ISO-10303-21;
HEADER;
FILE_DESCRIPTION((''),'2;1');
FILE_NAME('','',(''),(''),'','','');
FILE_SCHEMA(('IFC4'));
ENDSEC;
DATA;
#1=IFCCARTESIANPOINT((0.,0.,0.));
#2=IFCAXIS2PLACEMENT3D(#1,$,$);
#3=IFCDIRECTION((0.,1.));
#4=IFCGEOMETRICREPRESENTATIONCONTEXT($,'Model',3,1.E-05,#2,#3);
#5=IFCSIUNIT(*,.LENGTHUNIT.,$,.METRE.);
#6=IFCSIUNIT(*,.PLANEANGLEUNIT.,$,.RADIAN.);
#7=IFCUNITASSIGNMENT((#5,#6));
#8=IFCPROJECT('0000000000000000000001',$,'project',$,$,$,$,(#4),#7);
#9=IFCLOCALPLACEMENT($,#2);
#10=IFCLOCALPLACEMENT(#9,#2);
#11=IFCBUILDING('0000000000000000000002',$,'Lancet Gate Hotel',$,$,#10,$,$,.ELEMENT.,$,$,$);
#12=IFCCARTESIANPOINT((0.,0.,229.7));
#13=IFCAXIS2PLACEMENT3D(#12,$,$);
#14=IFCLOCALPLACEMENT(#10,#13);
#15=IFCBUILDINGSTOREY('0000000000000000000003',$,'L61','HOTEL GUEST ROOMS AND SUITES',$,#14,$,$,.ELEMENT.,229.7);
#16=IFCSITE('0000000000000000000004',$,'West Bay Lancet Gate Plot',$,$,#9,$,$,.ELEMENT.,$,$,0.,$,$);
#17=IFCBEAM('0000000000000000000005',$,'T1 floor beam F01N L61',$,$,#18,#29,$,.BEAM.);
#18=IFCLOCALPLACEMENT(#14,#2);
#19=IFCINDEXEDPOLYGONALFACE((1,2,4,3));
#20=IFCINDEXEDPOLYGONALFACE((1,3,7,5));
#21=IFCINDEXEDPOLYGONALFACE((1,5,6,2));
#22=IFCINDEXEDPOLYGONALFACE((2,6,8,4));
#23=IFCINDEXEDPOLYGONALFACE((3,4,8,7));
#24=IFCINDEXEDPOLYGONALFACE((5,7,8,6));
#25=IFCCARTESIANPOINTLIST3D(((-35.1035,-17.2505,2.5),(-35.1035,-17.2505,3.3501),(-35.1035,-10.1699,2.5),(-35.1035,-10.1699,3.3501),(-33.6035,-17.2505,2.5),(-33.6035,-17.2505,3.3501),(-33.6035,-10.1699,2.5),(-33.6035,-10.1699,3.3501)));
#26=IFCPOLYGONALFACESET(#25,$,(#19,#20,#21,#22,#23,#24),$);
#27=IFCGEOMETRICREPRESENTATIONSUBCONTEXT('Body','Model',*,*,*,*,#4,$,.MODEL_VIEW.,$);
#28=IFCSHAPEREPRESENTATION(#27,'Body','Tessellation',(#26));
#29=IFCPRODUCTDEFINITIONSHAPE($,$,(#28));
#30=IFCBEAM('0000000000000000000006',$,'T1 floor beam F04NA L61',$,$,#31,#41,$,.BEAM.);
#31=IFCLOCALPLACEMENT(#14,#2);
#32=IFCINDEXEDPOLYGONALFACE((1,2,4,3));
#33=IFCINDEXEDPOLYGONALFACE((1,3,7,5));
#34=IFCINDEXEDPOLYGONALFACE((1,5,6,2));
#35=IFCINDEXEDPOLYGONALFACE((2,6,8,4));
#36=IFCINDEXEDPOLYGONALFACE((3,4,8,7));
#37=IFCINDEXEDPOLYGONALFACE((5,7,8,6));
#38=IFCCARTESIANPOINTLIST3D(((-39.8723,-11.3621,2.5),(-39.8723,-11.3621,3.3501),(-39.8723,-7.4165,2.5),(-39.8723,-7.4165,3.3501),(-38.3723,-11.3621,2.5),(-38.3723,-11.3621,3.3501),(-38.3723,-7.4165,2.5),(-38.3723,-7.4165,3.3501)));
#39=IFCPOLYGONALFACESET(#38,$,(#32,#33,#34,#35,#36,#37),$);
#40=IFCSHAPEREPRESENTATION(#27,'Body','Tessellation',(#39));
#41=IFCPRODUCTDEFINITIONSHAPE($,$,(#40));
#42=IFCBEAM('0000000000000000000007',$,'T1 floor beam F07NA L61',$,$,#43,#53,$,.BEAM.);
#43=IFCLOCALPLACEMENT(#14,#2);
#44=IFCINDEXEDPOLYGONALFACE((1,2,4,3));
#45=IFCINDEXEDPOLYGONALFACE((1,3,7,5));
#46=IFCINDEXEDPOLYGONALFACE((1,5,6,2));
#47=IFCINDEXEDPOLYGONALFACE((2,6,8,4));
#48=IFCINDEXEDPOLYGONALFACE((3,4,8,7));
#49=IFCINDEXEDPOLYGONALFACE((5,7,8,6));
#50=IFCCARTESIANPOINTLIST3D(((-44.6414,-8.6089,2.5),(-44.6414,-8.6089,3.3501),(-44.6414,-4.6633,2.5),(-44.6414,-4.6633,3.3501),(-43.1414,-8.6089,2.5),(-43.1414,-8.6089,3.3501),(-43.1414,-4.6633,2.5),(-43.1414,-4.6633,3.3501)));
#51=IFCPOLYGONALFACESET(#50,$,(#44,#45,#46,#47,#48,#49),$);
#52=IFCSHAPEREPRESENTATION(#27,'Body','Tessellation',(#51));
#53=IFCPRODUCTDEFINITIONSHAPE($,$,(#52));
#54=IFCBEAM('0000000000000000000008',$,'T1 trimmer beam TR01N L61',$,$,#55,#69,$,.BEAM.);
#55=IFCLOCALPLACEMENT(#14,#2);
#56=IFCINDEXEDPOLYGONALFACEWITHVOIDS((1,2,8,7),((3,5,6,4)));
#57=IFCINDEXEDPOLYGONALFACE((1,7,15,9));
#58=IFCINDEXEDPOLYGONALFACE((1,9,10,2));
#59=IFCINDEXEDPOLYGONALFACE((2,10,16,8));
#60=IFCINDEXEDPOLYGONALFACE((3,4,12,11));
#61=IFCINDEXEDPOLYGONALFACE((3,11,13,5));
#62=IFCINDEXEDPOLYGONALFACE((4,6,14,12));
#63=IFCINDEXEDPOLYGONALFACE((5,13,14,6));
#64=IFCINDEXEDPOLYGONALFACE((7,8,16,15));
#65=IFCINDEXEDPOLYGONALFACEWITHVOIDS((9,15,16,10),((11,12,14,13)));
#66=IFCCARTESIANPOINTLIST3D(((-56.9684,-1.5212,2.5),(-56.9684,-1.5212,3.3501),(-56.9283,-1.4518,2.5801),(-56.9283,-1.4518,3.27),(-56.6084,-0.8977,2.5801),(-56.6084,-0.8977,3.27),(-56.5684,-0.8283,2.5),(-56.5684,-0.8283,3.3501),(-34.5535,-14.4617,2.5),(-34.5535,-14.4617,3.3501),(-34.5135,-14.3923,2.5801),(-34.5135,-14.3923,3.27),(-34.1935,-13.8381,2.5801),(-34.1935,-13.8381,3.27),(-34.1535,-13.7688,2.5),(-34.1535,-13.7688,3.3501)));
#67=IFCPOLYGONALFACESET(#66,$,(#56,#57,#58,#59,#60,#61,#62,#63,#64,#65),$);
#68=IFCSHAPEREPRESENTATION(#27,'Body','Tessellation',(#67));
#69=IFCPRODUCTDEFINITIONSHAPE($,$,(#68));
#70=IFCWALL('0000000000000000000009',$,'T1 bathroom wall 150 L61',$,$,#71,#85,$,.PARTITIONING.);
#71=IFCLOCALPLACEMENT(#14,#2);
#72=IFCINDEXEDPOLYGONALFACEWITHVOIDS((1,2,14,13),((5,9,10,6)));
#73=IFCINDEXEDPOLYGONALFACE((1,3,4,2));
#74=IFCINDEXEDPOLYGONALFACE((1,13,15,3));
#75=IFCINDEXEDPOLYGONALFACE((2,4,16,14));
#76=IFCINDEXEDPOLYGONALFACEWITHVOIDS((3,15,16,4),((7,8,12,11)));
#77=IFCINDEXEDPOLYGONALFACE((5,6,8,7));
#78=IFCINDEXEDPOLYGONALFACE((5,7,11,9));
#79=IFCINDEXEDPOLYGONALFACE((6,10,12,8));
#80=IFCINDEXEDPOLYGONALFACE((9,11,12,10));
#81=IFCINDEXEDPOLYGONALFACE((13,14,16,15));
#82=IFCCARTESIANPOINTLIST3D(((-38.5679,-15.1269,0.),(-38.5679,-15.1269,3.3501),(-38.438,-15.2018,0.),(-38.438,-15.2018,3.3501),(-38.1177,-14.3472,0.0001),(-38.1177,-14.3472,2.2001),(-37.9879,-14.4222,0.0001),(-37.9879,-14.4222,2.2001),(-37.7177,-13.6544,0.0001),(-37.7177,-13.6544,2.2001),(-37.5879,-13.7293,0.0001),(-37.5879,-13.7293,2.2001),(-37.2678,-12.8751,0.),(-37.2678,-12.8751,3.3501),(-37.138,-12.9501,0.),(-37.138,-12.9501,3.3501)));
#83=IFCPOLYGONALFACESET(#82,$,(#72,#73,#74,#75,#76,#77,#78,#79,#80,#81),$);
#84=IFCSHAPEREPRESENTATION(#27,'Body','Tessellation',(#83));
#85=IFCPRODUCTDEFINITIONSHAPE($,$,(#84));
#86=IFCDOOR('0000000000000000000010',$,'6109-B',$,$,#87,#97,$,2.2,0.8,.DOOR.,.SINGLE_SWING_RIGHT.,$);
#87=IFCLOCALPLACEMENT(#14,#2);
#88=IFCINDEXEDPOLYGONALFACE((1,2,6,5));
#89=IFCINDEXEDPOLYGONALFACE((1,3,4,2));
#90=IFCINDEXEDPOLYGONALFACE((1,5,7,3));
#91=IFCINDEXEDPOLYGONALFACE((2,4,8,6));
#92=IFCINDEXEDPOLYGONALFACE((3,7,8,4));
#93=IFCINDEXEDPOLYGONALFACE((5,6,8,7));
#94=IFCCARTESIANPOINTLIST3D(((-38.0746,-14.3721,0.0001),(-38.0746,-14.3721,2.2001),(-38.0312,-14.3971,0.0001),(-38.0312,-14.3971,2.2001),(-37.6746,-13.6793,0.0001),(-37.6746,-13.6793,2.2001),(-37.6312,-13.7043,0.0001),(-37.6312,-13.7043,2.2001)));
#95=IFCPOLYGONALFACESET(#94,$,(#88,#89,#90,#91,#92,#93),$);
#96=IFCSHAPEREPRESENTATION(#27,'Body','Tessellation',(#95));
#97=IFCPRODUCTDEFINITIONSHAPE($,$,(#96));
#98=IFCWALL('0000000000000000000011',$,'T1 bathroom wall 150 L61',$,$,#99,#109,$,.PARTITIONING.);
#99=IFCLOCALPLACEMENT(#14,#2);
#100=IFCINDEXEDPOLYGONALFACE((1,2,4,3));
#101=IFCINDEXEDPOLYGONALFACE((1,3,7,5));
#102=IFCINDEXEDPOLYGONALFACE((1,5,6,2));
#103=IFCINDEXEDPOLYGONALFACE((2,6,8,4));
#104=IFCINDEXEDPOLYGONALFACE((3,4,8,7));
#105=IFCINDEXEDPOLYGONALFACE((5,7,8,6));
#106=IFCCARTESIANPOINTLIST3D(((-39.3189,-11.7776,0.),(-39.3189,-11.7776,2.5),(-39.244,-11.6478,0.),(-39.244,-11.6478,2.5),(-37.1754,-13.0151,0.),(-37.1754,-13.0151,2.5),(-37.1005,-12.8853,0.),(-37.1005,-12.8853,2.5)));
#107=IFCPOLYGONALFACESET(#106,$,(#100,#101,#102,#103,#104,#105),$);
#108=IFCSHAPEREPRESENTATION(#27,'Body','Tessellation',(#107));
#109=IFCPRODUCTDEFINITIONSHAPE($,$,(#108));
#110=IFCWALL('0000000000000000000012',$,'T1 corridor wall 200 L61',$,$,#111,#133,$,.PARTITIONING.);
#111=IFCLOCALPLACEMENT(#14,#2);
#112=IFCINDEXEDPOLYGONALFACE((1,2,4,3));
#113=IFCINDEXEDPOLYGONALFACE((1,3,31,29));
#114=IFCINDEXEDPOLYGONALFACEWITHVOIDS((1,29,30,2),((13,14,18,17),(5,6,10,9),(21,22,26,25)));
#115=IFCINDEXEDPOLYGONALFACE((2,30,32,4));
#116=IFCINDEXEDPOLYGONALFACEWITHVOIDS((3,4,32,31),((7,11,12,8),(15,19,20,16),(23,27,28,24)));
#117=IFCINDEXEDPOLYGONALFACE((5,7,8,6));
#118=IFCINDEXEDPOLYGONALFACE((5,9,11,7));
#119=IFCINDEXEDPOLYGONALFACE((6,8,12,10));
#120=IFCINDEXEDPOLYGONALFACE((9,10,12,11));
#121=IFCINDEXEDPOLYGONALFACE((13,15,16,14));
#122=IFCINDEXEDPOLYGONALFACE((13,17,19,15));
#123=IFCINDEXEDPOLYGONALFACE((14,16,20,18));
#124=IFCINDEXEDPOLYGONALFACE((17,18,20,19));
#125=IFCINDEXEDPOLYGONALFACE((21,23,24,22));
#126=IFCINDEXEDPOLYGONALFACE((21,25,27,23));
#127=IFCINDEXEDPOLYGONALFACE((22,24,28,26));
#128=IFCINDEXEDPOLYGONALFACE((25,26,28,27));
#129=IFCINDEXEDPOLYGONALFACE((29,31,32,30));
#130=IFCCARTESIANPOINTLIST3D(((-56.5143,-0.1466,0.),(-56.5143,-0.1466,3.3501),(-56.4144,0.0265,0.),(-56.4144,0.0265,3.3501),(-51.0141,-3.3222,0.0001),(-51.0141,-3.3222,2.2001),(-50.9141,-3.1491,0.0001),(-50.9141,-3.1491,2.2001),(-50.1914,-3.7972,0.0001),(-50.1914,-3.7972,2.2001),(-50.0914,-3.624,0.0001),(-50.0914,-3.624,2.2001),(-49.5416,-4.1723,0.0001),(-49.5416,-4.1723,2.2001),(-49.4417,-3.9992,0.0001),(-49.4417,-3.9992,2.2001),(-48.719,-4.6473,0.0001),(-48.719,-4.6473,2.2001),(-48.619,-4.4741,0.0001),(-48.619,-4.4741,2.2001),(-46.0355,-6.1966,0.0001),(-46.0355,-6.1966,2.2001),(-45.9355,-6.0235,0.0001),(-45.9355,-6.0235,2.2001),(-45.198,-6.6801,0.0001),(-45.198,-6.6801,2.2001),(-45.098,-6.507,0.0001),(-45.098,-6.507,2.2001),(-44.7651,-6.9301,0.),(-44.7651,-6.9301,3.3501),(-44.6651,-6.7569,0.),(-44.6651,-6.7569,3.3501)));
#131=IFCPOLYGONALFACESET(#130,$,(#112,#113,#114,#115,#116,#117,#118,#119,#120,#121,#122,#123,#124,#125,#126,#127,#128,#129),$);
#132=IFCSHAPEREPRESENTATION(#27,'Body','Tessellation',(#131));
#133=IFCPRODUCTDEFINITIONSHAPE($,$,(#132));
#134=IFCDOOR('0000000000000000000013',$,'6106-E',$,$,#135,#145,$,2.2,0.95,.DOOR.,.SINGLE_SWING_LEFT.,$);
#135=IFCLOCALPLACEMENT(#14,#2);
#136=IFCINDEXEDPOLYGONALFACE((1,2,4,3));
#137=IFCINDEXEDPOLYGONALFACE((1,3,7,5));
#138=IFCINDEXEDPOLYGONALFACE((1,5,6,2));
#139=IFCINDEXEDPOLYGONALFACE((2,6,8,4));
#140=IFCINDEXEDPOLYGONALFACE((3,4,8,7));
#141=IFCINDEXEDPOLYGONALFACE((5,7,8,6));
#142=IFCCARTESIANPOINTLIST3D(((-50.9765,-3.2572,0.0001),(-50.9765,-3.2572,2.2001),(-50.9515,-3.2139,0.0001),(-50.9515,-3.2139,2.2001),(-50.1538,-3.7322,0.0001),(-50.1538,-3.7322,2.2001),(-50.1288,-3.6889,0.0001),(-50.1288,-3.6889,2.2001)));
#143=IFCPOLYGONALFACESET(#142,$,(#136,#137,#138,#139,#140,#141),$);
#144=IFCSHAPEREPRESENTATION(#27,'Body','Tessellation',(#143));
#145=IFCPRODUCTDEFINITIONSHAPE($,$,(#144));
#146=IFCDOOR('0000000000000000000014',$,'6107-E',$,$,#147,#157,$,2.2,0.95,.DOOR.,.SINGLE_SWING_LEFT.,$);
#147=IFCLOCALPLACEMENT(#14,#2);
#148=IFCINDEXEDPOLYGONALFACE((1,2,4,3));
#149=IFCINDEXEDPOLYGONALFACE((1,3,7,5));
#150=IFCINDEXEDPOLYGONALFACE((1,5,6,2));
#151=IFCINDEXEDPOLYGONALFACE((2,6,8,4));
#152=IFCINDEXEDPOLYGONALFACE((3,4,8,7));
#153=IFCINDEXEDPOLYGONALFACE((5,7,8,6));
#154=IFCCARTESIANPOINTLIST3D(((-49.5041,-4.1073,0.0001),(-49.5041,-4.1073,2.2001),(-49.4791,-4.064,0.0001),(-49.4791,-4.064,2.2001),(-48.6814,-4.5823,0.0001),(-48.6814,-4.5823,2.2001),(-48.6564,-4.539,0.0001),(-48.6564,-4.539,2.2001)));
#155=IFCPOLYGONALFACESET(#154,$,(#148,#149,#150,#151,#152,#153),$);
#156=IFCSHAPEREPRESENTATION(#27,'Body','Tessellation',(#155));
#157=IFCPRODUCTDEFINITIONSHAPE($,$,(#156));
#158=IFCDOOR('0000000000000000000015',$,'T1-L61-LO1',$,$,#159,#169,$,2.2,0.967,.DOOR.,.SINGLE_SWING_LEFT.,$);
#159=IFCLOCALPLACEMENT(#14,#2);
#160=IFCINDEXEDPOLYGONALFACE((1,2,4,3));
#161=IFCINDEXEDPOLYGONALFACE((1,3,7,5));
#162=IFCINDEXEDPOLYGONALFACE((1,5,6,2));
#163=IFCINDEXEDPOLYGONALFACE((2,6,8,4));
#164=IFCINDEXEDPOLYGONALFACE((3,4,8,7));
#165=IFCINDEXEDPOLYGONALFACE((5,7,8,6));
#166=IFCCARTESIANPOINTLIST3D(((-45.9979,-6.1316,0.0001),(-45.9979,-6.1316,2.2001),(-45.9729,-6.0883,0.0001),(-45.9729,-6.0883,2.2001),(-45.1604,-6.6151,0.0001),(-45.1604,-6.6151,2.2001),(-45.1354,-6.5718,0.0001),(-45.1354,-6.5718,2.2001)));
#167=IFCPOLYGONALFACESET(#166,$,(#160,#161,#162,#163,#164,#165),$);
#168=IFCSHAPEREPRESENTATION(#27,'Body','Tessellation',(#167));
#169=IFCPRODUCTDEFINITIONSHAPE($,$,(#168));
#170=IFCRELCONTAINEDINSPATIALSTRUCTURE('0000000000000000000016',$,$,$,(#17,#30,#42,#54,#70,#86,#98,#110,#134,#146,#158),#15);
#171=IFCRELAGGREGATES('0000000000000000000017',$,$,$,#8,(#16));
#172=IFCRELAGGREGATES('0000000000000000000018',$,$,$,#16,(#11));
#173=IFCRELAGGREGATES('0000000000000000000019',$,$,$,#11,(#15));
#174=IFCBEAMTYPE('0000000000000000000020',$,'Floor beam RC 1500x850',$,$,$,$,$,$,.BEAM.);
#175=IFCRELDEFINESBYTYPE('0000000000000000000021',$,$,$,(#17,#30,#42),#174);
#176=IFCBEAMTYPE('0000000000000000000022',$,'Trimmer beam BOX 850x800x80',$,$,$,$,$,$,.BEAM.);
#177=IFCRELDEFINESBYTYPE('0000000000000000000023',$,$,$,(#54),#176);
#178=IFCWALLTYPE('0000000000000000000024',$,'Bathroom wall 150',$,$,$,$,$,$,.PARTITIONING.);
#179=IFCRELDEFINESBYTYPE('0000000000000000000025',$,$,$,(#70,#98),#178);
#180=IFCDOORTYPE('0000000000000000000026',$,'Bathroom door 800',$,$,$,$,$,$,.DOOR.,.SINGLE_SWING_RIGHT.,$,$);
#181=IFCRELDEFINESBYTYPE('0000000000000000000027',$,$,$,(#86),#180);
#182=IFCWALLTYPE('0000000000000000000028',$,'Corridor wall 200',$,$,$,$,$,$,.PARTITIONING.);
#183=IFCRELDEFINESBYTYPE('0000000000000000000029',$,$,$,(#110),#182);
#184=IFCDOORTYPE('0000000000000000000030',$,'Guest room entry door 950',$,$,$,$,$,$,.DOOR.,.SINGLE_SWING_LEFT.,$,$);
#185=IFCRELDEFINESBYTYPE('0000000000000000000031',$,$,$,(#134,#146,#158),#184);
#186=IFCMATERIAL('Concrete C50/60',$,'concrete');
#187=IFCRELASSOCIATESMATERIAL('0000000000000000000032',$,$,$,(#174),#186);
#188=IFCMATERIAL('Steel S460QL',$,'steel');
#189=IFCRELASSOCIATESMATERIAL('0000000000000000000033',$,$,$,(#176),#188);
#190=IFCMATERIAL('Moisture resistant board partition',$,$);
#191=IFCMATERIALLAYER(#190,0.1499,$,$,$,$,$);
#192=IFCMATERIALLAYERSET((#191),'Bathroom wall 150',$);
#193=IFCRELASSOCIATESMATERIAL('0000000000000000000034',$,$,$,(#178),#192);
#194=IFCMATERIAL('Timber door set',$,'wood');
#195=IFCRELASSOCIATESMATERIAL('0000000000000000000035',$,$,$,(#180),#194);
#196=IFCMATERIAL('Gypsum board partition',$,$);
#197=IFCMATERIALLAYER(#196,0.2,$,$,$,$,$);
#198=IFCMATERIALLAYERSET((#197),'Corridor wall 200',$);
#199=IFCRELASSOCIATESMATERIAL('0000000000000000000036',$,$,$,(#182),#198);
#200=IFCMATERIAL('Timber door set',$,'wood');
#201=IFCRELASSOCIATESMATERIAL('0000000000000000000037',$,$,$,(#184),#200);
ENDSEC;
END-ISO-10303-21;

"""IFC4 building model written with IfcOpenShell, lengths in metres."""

from ifc_helpers import new_model, si_unit, direction, frame, frame_2d, origin, origin_2d, place, context, subcontext, project, spatial, rectangle, hollow_rectangle, extrude, material, layer, layer_set, material_profile, profile_set, type_object, element, fill, save


model = new_model("IFC4")

# Units and contexts
model_context = context("Model", 3, precision=1e-05, world=origin(), true_north=direction((0.0, 1.0)))
body_context = subcontext(model_context, "Body", "Model", "MODEL_VIEW")
ifc_project = project(units=[si_unit("LENGTHUNIT", "METRE"), si_unit("PLANEANGLEUNIT", "RADIAN")], contexts=[model_context])

# Site, building, storey
site_placement = place(None, origin())
site = spatial("IfcSite", under=ifc_project, at=site_placement, Name="West Bay Lancet Gate Plot", CompositionType="ELEMENT", RefElevation=0.0)
building_placement = place(site_placement, origin())
building = spatial("IfcBuilding", under=site, at=building_placement, Name="Lancet Gate Hotel", CompositionType="ELEMENT")
storey_placement = place(building_placement, frame((0.0, 0.0, 229.7)))
storey = spatial("IfcBuildingStorey", under=building, at=storey_placement, Name="L61", Description="HOTEL GUEST ROOMS AND SUITES", CompositionType="ELEMENT", Elevation=229.7)

# Beams
ifc_material_1 = material(Name="Concrete C50/60", Category="concrete")
ifc_material_profile_1 = material_profile(ifc_material_1, rectangle(XDim=1.5, YDim=0.8501, at=origin_2d()), Name="RC 1500x850")
ifc_profile_set_1 = profile_set([ifc_material_profile_1], Name="Concrete C50/60")
beam_type_1 = type_object("IfcBeamType", Name="Floor beam RC 1500x850", PredefinedType="BEAM", material=ifc_profile_set_1)
beam_1_placement = place(storey_placement, frame((-34.3535, -10.1699, 2.925), z_axis=(0.0, -1.0, 0.0), x_axis=(1.0, 0.0, 0.0)))
element("IfcBeam", 1, at=beam_1_placement, inside=storey, type_object=beam_type_1, Name="T1 floor beam F01N L61", PredefinedType="BEAM", context=body_context, shape_type="SweptSolid", body=[
    extrude(rectangle(XDim=1.5, YDim=0.8501, at=origin_2d()), origin(), (0.0, 0.0, 1.0), 7.0806),
])
for number, where, z_axis, x_axis, name in (
    (2, (-39.1223, -7.4165, 2.925), (0.0, -1.0, 0.0), (1.0, 0.0, 0.0), "T1 floor beam F04NA L61"),
    (3, (-43.8914, -4.6633, 2.925), (0.0, -1.0, 0.0), (1.0, 0.0, 0.0), "T1 floor beam F07NA L61"),
):
    element("IfcBeam", number, at=place(storey_placement, frame(where, z_axis=z_axis, x_axis=x_axis)), inside=storey, type_object=beam_type_1, Name=name, PredefinedType="BEAM", context=body_context, shape_type="SweptSolid", body=[
        extrude(rectangle(XDim=1.5, YDim=0.8501, at=origin_2d()), origin(), (0.0, 0.0, 1.0), 3.9456),
    ])
ifc_material_2 = material(Name="Steel S460QL", Category="steel")
ifc_material_profile_2 = material_profile(ifc_material_2, hollow_rectangle(XDim=0.8, YDim=0.8501, WallThickness=0.0801, at=origin_2d()), Name="BOX 850x800x80")
ifc_profile_set_2 = profile_set([ifc_material_profile_2], Name="Steel S460QL")
beam_type_2 = type_object("IfcBeamType", Name="Trimmer beam BOX 850x800x80", PredefinedType="BEAM", material=ifc_profile_set_2)
beam_2_placement = place(storey_placement, frame((-34.3535, -14.1152, 2.925), z_axis=(-0.866038, 0.499978, 0.0), x_axis=(-0.499978, -0.866038, 0.0)))
element("IfcBeam", 4, at=beam_2_placement, inside=storey, type_object=beam_type_2, Name="T1 trimmer beam TR01N L61", PredefinedType="BEAM", context=body_context, shape_type="SweptSolid", body=[
    extrude(hollow_rectangle(XDim=0.8, YDim=0.8501, WallThickness=0.0801, at=origin_2d()), origin(), (0.0, 0.0, 1.0), 25.8821),
])

# Wall, opening, door
ifc_material_3 = material(Name="Moisture resistant board partition")
ifc_layer_1 = layer(ifc_material_3, 0.1499)
ifc_layer_set_1 = layer_set([ifc_layer_1], Name="Bathroom wall 150")
wall_type_1 = type_object("IfcWallType", Name="Bathroom wall 150", PredefinedType="PARTITIONING", material=ifc_layer_set_1)
wall_1_placement = place(storey_placement, frame((-37.2029, -12.9126, 0.0), z_axis=(0.0, 0.0, 1.0), x_axis=(-0.500007, -0.866021, 0.0)))
wall_1 = element("IfcWall", 5, at=wall_1_placement, inside=storey, type_object=wall_type_1, Name="T1 bathroom wall 150 L61", PredefinedType="PARTITIONING", context=body_context, shape_type="SweptSolid", body=[
    extrude(rectangle(XDim=2.6001, YDim=0.1499, at=frame_2d((1.3, 0.0))), origin(), (0.0, 0.0, 1.0), 3.3501),
])
opening_1_placement = place(wall_1_placement, frame((0.8999, 0.0, 0.0)))
opening_1 = element("IfcOpeningElement", 6, at=opening_1_placement, cuts=wall_1, PredefinedType="OPENING", context=body_context, shape_type="SweptSolid", body=[
    extrude(rectangle(XDim=0.8, YDim=2.2, at=frame_2d((0.3999, 1.1001))), frame((0.0, 0.085, 0.0), z_axis=(0.0, -1.0, 0.0), x_axis=(1.0, 0.0, 0.0)), (0.0, 0.0, 1.0), 0.1699),
])
ifc_material_4 = material(Name="Timber door set", Category="wood")
door_type_1 = type_object("IfcDoorType", Name="Bathroom door 800", OperationType="SINGLE_SWING_RIGHT", PredefinedType="DOOR", material=ifc_material_4)
door_1_placement = place(opening_1_placement, origin())
door_1 = element("IfcDoor", 7, at=door_1_placement, inside=storey, type_object=door_type_1, Name="6109-B", OperationType="SINGLE_SWING_RIGHT", OverallHeight=2.2, OverallWidth=0.8, PredefinedType="DOOR", context=body_context, shape_type="SweptSolid", body=[
    extrude(rectangle(XDim=0.8, YDim=2.2, at=frame_2d((0.3999, 1.1001))), frame((0.0, 0.0249, 0.0), z_axis=(0.0, -1.0, 0.0), x_axis=(1.0, 0.0, 0.0)), (0.0, 0.0, 1.0), 0.05),
])
fill(opening_1, door_1)

# Wall
wall_2_placement = place(storey_placement, frame((-37.1379, -12.9502, 0.0), z_axis=(0.0, 0.0, 1.0), x_axis=(-0.866031, 0.49999, 0.0)))
element("IfcWall", 8, at=wall_2_placement, inside=storey, type_object=wall_type_1, Name="T1 bathroom wall 150 L61", PredefinedType="PARTITIONING", context=body_context, shape_type="SweptSolid", body=[
    extrude(rectangle(XDim=2.4751, YDim=0.1499, at=frame_2d((1.2375, 0.0))), origin(), (0.0, 0.0, 1.0), 2.5),
])

# Wall, openings, doors
ifc_material_5 = material(Name="Gypsum board partition")
ifc_layer_2 = layer(ifc_material_5, 0.2)
ifc_layer_set_2 = layer_set([ifc_layer_2], Name="Corridor wall 200")
wall_type_2 = type_object("IfcWallType", Name="Corridor wall 200", PredefinedType="PARTITIONING", material=ifc_layer_set_2)
wall_3_placement = place(storey_placement, frame((-44.7151, -6.8435, 0.0), z_axis=(0.0, 0.0, 1.0), x_axis=(-0.866025, 0.5, 0.0)))
wall_3 = element("IfcWall", 9, at=wall_3_placement, inside=storey, type_object=wall_type_2, Name="T1 corridor wall 200 L61", PredefinedType="PARTITIONING", context=body_context, shape_type="SweptSolid", body=[
    extrude(rectangle(XDim=13.5669, YDim=0.2, at=frame_2d((6.7834, 0.0))), origin(), (0.0, 0.0, 1.0), 3.3501),
])
opening_2_placement = place(wall_3_placement, frame((6.2656, 0.0, 0.0)))
opening_2 = element("IfcOpeningElement", 10, at=opening_2_placement, cuts=wall_3, PredefinedType="OPENING", context=body_context, shape_type="SweptSolid", body=[
    extrude(rectangle(XDim=0.95, YDim=2.2, at=frame_2d((0.4751, 1.1001))), frame((0.0, 0.1099, 0.0), z_axis=(0.0, -1.0, 0.0), x_axis=(1.0, 0.0, 0.0)), (0.0, 0.0, 1.0), 0.22),
])
opening_3_placement = place(wall_3_placement, frame((4.5654, 0.0, 0.0)))
opening_3 = element("IfcOpeningElement", 11, at=opening_3_placement, cuts=wall_3, PredefinedType="OPENING", context=body_context, shape_type="SweptSolid", body=[
    extrude(rectangle(XDim=0.95, YDim=2.2, at=frame_2d((0.4751, 1.1001))), frame((0.0, 0.1099, 0.0), z_axis=(0.0, -1.0, 0.0), x_axis=(1.0, 0.0, 0.0)), (0.0, 0.0, 1.0), 0.22),
])
opening_4_placement = place(wall_3_placement, frame((0.5, 0.0, 0.0)))
opening_4 = element("IfcOpeningElement", 12, at=opening_4_placement, cuts=wall_3, PredefinedType="OPENING", context=body_context, shape_type="SweptSolid", body=[
    extrude(rectangle(XDim=0.967, YDim=2.2, at=frame_2d((0.4834, 1.1001))), frame((0.0, 0.1099, 0.0), z_axis=(0.0, -1.0, 0.0), x_axis=(1.0, 0.0, 0.0)), (0.0, 0.0, 1.0), 0.22),
])
ifc_material_6 = material(Name="Timber door set", Category="wood")
door_type_2 = type_object("IfcDoorType", Name="Guest room entry door 950", OperationType="SINGLE_SWING_LEFT", PredefinedType="DOOR", material=ifc_material_6)
door_2_placement = place(opening_2_placement, origin())
door_2 = element("IfcDoor", 13, at=door_2_placement, inside=storey, type_object=door_type_2, Name="6106-E", OperationType="SINGLE_SWING_LEFT", OverallHeight=2.2, OverallWidth=0.95, PredefinedType="DOOR", context=body_context, shape_type="SweptSolid", body=[
    extrude(rectangle(XDim=0.95, YDim=2.2, at=frame_2d((0.4751, 1.1001))), frame((0.0, 0.0249, 0.0), z_axis=(0.0, -1.0, 0.0), x_axis=(1.0, 0.0, 0.0)), (0.0, 0.0, 1.0), 0.05),
])
fill(opening_2, door_2)
door_3_placement = place(opening_3_placement, origin())
door_3 = element("IfcDoor", 14, at=door_3_placement, inside=storey, type_object=door_type_2, Name="6107-E", OperationType="SINGLE_SWING_LEFT", OverallHeight=2.2, OverallWidth=0.95, PredefinedType="DOOR", context=body_context, shape_type="SweptSolid", body=[
    extrude(rectangle(XDim=0.95, YDim=2.2, at=frame_2d((0.4751, 1.1001))), frame((0.0, 0.0249, 0.0), z_axis=(0.0, -1.0, 0.0), x_axis=(1.0, 0.0, 0.0)), (0.0, 0.0, 1.0), 0.05),
])
fill(opening_3, door_3)
door_4_placement = place(opening_4_placement, origin())
door_4 = element("IfcDoor", 15, at=door_4_placement, inside=storey, type_object=door_type_2, Name="T1-L61-LO1", OperationType="SINGLE_SWING_LEFT", OverallHeight=2.2, OverallWidth=0.967, PredefinedType="DOOR", context=body_context, shape_type="SweptSolid", body=[
    extrude(rectangle(XDim=0.967, YDim=2.2, at=frame_2d((0.4834, 1.1001))), frame((0.0, 0.0249, 0.0), z_axis=(0.0, -1.0, 0.0), x_axis=(1.0, 0.0, 0.0)), (0.0, 0.0, 1.0), 0.05),
])
fill(opening_4, door_4)

save(model, "model.ifc")
